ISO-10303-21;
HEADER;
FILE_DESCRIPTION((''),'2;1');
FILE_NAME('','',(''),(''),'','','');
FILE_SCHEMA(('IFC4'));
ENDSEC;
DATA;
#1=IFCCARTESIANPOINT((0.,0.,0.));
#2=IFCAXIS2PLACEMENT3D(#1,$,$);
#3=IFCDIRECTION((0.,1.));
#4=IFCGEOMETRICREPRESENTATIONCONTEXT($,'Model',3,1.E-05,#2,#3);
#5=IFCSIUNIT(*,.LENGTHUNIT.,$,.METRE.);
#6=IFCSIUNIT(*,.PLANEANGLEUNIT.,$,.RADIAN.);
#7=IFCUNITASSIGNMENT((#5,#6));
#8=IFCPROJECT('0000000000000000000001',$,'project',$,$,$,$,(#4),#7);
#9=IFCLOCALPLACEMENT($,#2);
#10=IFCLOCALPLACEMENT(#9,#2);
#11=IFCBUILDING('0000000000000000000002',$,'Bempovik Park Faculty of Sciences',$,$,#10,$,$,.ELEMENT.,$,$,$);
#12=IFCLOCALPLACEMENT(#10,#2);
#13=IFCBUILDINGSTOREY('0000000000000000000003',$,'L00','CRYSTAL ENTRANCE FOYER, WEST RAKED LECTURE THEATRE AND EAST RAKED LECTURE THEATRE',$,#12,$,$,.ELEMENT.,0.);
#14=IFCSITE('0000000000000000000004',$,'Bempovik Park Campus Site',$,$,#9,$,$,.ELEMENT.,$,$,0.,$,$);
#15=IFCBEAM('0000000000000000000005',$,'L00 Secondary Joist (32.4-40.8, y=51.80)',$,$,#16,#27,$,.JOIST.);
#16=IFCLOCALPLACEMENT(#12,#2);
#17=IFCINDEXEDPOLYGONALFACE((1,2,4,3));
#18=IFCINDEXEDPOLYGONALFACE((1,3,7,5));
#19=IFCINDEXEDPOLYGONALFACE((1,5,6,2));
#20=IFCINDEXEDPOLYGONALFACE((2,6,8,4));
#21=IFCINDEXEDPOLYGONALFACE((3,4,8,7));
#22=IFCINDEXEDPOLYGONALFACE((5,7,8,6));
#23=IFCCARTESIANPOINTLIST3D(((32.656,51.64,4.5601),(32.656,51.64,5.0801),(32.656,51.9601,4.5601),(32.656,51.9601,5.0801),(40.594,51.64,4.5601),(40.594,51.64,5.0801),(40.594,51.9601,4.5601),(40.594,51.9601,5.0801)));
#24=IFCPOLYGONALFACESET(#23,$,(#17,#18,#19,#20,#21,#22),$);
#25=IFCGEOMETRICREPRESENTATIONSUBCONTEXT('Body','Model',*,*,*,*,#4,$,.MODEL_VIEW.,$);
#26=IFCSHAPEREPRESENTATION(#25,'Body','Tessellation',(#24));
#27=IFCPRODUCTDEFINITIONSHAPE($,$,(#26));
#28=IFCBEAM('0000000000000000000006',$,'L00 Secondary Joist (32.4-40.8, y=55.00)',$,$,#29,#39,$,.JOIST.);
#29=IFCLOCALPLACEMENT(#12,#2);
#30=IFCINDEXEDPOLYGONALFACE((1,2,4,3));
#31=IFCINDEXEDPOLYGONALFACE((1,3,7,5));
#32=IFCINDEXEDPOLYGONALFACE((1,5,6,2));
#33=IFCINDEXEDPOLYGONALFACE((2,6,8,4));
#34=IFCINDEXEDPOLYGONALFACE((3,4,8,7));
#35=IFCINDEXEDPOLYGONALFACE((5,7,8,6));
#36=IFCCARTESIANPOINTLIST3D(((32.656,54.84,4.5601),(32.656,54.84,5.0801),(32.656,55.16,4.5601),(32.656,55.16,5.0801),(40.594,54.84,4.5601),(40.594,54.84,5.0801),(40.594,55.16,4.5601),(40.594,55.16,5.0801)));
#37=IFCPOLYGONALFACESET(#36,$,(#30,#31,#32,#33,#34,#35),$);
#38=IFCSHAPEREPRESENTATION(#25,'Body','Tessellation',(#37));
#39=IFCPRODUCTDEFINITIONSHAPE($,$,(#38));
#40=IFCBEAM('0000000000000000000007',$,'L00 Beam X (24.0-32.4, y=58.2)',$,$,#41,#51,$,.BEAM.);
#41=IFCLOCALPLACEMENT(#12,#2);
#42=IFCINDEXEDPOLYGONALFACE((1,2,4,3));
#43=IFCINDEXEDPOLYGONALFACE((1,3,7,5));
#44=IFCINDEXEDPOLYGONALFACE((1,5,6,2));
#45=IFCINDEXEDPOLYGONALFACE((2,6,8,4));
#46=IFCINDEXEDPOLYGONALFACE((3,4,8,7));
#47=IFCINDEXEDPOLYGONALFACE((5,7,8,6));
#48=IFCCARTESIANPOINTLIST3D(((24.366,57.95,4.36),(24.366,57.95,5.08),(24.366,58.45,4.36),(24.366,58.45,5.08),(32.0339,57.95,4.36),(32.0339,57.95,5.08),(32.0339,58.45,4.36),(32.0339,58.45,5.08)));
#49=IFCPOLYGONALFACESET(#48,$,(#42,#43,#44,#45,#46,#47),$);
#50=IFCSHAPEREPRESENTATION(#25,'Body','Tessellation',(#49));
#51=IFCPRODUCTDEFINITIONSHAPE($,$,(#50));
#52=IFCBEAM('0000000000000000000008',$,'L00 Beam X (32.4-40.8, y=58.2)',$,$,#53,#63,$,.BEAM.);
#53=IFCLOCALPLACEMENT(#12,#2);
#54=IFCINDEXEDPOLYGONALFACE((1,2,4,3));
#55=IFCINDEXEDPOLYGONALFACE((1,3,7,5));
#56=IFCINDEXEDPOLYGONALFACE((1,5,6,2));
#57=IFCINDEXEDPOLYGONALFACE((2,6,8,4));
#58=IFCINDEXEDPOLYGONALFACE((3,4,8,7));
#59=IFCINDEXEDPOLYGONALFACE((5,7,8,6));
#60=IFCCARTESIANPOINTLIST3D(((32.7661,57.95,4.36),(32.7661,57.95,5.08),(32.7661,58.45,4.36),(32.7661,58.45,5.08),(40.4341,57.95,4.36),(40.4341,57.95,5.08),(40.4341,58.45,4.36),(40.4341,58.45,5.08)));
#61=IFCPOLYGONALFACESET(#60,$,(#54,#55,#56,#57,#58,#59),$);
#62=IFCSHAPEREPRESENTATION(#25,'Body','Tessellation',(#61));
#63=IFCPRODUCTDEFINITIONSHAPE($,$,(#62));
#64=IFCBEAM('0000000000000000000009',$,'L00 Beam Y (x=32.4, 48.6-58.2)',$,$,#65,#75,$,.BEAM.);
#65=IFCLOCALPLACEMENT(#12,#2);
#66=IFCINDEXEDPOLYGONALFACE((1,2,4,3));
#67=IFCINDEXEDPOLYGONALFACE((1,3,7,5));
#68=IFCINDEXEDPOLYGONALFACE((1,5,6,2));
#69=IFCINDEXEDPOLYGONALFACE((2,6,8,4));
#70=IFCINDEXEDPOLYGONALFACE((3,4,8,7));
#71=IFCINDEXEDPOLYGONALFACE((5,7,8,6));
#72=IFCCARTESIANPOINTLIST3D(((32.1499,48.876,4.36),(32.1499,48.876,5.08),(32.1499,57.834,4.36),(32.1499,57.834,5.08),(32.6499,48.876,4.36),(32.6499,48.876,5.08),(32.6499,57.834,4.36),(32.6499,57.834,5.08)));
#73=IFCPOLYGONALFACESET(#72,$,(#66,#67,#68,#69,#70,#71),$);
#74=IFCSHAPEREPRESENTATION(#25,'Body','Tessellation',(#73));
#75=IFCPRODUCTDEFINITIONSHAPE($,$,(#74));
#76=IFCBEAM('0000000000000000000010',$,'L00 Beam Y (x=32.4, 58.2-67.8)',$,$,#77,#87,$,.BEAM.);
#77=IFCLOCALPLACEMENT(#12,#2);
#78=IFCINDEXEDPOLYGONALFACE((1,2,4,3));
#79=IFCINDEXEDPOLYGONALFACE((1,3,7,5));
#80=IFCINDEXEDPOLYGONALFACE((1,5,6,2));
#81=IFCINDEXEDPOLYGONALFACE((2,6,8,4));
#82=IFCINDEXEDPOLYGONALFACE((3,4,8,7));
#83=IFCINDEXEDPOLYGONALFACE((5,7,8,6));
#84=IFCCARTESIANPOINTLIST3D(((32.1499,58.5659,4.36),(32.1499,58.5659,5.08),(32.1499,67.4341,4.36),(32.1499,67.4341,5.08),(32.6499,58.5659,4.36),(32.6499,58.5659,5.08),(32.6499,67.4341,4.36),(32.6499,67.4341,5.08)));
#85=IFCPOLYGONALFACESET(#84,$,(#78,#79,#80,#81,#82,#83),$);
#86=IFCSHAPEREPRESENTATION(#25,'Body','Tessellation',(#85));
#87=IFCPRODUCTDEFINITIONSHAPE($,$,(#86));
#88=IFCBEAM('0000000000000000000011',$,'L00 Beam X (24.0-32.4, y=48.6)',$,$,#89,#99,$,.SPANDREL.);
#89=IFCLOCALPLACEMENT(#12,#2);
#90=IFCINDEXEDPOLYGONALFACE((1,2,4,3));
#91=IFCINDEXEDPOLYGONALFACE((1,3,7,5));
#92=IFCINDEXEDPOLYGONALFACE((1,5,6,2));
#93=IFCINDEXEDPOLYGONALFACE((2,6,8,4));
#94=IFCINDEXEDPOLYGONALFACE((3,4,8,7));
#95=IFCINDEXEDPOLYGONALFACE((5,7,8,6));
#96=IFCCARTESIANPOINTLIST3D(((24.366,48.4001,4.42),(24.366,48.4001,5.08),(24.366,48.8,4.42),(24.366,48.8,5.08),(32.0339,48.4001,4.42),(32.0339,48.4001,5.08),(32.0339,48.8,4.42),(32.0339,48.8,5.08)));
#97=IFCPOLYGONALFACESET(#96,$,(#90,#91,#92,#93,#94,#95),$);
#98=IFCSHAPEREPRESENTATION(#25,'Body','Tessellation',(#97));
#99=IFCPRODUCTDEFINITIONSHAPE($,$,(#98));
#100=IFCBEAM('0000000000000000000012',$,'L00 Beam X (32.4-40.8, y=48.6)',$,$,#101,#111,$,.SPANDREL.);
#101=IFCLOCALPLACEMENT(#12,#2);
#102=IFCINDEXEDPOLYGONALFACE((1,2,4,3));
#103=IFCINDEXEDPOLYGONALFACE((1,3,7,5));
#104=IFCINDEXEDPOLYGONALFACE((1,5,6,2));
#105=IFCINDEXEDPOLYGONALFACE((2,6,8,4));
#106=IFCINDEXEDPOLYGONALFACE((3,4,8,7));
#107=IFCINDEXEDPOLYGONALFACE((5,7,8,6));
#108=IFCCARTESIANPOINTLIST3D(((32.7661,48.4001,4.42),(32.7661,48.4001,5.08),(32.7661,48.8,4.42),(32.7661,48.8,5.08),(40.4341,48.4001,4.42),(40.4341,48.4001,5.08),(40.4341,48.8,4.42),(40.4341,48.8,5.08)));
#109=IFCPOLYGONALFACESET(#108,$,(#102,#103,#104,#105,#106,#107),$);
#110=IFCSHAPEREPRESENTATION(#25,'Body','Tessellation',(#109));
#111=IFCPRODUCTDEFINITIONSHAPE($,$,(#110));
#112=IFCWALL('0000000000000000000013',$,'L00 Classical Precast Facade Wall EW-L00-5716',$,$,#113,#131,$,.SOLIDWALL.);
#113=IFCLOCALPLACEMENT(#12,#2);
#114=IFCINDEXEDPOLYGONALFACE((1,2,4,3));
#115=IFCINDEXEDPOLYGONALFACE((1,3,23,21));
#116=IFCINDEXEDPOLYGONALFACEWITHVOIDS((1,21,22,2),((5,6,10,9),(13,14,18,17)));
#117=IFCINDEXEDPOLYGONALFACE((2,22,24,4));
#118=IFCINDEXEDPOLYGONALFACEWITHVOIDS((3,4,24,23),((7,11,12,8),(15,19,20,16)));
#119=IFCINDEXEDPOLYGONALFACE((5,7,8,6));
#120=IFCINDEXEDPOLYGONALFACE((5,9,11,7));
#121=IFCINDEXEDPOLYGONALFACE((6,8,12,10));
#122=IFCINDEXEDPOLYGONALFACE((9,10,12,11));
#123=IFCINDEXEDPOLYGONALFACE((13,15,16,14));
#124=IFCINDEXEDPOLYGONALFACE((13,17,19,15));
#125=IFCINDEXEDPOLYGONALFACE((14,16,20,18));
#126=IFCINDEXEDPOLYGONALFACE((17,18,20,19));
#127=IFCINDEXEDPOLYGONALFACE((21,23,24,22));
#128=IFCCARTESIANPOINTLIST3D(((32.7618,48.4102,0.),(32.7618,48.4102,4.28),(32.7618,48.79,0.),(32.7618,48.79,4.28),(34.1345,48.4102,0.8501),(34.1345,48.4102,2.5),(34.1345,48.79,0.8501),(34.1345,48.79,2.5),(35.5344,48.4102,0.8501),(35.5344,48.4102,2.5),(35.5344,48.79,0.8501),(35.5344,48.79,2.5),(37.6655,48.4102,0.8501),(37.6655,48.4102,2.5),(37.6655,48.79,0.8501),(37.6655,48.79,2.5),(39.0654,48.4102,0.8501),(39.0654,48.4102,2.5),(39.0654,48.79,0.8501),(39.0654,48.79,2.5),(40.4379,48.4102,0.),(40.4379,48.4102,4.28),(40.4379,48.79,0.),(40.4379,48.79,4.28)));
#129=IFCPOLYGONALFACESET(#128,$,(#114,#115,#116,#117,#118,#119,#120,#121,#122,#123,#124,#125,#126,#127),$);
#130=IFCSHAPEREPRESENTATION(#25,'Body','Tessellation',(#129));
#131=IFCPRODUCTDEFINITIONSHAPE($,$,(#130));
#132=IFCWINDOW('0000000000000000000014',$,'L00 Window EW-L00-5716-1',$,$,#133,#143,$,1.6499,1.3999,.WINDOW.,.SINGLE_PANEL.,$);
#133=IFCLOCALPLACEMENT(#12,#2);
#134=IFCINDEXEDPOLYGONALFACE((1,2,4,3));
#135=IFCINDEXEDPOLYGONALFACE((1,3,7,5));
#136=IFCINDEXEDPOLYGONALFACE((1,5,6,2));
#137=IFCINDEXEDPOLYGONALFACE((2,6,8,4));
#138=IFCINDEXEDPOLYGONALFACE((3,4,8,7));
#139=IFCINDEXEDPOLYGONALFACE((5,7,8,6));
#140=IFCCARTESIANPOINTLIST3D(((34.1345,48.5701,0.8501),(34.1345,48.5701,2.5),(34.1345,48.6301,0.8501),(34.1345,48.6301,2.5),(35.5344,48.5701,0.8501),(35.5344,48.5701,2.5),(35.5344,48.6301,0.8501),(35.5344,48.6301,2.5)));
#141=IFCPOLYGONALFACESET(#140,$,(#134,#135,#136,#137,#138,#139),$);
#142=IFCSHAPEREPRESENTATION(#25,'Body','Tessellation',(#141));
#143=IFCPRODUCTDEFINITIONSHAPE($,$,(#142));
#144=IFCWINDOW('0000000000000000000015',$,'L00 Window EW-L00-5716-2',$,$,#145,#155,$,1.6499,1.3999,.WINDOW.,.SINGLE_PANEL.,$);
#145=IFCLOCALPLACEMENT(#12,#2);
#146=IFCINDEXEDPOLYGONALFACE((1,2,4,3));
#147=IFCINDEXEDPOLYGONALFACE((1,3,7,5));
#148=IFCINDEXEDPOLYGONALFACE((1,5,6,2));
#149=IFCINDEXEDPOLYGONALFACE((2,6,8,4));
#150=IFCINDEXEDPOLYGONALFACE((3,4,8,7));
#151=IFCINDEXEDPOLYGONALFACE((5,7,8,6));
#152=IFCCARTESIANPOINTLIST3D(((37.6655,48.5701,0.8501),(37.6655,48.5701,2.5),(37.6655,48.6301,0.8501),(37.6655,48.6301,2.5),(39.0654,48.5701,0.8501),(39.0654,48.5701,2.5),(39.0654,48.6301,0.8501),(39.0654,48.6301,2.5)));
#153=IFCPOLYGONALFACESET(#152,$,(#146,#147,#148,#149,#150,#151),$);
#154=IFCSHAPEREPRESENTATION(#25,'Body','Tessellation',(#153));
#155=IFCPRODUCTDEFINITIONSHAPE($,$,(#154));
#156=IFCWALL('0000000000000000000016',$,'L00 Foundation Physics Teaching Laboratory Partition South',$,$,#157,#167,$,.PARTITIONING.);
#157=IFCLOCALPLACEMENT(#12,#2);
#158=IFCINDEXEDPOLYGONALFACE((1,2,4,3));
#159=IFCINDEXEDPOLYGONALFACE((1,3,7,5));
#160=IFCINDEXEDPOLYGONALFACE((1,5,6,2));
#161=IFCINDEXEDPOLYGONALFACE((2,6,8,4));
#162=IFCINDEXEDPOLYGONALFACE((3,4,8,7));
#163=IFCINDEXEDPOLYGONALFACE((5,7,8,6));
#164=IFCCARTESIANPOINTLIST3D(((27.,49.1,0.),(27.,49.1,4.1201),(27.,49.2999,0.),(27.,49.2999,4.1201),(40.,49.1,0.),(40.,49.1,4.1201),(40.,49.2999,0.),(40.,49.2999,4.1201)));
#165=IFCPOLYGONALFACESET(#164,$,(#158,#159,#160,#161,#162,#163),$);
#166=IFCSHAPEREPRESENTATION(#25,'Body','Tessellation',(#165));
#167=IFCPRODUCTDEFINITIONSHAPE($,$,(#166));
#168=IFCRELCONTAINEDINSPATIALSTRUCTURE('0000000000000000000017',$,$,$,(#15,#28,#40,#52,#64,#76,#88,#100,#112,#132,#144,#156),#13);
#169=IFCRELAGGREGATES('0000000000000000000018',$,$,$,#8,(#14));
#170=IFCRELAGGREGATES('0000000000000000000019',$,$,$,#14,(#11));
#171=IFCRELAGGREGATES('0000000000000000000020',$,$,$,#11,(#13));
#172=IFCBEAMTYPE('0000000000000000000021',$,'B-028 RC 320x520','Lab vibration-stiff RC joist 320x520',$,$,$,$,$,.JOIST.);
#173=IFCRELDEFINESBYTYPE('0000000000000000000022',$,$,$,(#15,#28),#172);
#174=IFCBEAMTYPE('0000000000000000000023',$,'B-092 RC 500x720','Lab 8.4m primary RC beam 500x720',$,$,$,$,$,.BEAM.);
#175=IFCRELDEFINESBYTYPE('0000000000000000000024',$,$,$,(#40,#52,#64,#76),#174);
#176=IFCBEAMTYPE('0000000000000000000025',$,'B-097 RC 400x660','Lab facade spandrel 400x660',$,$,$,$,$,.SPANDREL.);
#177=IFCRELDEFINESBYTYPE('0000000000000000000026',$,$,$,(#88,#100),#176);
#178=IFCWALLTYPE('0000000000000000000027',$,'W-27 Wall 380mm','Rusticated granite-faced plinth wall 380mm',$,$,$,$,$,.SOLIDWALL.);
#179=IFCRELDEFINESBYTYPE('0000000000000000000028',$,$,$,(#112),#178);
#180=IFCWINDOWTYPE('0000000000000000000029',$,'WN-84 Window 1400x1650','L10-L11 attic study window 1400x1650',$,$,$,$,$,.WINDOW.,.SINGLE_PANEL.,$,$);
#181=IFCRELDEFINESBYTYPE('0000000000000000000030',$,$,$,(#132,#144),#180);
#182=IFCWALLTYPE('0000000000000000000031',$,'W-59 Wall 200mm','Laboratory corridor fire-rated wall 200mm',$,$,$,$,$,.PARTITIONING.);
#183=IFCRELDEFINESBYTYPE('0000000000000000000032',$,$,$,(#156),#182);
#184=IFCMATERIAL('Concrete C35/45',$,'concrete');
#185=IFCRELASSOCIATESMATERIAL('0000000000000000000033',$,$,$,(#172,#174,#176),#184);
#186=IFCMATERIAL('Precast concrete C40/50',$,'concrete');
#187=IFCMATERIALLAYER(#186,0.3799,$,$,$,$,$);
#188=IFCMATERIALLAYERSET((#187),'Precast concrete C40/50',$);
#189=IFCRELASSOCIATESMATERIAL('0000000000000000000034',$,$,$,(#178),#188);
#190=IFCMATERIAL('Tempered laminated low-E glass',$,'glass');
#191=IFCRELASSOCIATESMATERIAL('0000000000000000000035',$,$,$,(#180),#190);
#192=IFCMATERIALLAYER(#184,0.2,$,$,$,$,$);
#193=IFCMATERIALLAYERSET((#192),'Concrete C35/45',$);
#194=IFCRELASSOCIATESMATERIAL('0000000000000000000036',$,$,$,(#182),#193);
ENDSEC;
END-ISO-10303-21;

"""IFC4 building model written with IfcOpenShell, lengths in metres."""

from ifc_helpers import new_model, si_unit, direction, frame, frame_2d, origin, origin_2d, place, context, subcontext, project, spatial, rectangle, extrude, material, layer, layer_set, material_profile, profile_set, type_object, element, fill, save


model = new_model("IFC4")

# Units and contexts
model_context = context("Model", 3, precision=1e-05, world=origin(), true_north=direction((0.0, 1.0)))
body_context = subcontext(model_context, "Body", "Model", "MODEL_VIEW")
ifc_project = project(units=[si_unit("LENGTHUNIT", "METRE"), si_unit("PLANEANGLEUNIT", "RADIAN")], contexts=[model_context])

# Site, building, storey
site_placement = place(None, origin())
site = spatial("IfcSite", under=ifc_project, at=site_placement, Name="Bempovik Park Campus Site", CompositionType="ELEMENT", RefElevation=0.0)
building_placement = place(site_placement, origin())
building = spatial("IfcBuilding", under=site, at=building_placement, Name="Bempovik Park Faculty of Sciences", CompositionType="ELEMENT")
storey_placement = place(building_placement, origin())
storey = spatial("IfcBuildingStorey", under=building, at=storey_placement, Name="L00", Description="CRYSTAL ENTRANCE FOYER, WEST RAKED LECTURE THEATRE AND EAST RAKED LECTURE THEATRE", CompositionType="ELEMENT", Elevation=0.0)

# Shared definitions
ifc_material_1 = material(Name="Concrete C35/45", Category="concrete")

# Beams
ifc_material_profile_1 = material_profile(ifc_material_1, rectangle(XDim=0.3201, YDim=0.52, at=origin_2d()), Name="RC 320x520")
ifc_profile_set_1 = profile_set([ifc_material_profile_1], Name="Concrete C35/45")
beam_type_1 = type_object("IfcBeamType", Name="B-028 RC 320x520", Description="Lab vibration-stiff RC joist 320x520", PredefinedType="JOIST", material=ifc_profile_set_1)
for number, where, z_axis, x_axis, name in (
    (1, (32.656, 51.8, 4.8201), (1.0, 0.0, 0.0), (0.0, 1.0, 0.0), "L00 Secondary Joist (32.4-40.8, y=51.80)"),
    (2, (32.656, 55.0, 4.8201), (1.0, 0.0, 0.0), (0.0, 1.0, 0.0), "L00 Secondary Joist (32.4-40.8, y=55.00)"),
):
    element("IfcBeam", number, at=place(storey_placement, frame(where, z_axis=z_axis, x_axis=x_axis)), inside=storey, type_object=beam_type_1, Name=name, PredefinedType="JOIST", context=body_context, shape_type="SweptSolid", body=[
        extrude(rectangle(XDim=0.3201, YDim=0.52, at=origin_2d()), origin(), (0.0, 0.0, 1.0), 7.938),
    ])
ifc_material_profile_2 = material_profile(ifc_material_1, rectangle(XDim=0.5, YDim=0.72, at=origin_2d()), Name="RC 500x720")
ifc_profile_set_2 = profile_set([ifc_material_profile_2], Name="Concrete C35/45")
beam_type_2 = type_object("IfcBeamType", Name="B-092 RC 500x720", Description="Lab 8.4m primary RC beam 500x720", PredefinedType="BEAM", material=ifc_profile_set_2)
for number, where, z_axis, x_axis, name in (
    (3, (24.366, 58.2, 4.72), (1.0, 0.0, 0.0), (0.0, 1.0, 0.0), "L00 Beam X (24.0-32.4, y=58.2)"),
    (4, (32.7661, 58.2, 4.72), (1.0, 0.0, 0.0), (0.0, 1.0, 0.0), "L00 Beam X (32.4-40.8, y=58.2)"),
):
    element("IfcBeam", number, at=place(storey_placement, frame(where, z_axis=z_axis, x_axis=x_axis)), inside=storey, type_object=beam_type_2, Name=name, PredefinedType="BEAM", context=body_context, shape_type="SweptSolid", body=[
        extrude(rectangle(XDim=0.5, YDim=0.72, at=origin_2d()), origin(), (0.0, 0.0, 1.0), 7.668),
    ])
beam_1_placement = place(storey_placement, frame((32.3999, 48.876, 4.72), z_axis=(0.0, 1.0, 0.0), x_axis=(-1.0, 0.0, 0.0)))
element("IfcBeam", 5, at=beam_1_placement, inside=storey, type_object=beam_type_2, Name="L00 Beam Y (x=32.4, 48.6-58.2)", PredefinedType="BEAM", context=body_context, shape_type="SweptSolid", body=[
    extrude(rectangle(XDim=0.5, YDim=0.72, at=origin_2d()), origin(), (0.0, 0.0, 1.0), 8.958),
])
beam_2_placement = place(storey_placement, frame((32.3999, 58.5659, 4.72), z_axis=(0.0, 1.0, 0.0), x_axis=(-1.0, 0.0, 0.0)))
element("IfcBeam", 6, at=beam_2_placement, inside=storey, type_object=beam_type_2, Name="L00 Beam Y (x=32.4, 58.2-67.8)", PredefinedType="BEAM", context=body_context, shape_type="SweptSolid", body=[
    extrude(rectangle(XDim=0.5, YDim=0.72, at=origin_2d()), origin(), (0.0, 0.0, 1.0), 8.8682),
])
ifc_material_profile_3 = material_profile(ifc_material_1, rectangle(XDim=0.3999, YDim=0.6599, at=origin_2d()), Name="RC 400x660")
ifc_profile_set_3 = profile_set([ifc_material_profile_3], Name="Concrete C35/45")
beam_type_3 = type_object("IfcBeamType", Name="B-097 RC 400x660", Description="Lab facade spandrel 400x660", PredefinedType="SPANDREL", material=ifc_profile_set_3)
for number, where, z_axis, x_axis, name in (
    (7, (24.366, 48.6001, 4.75), (1.0, 0.0, 0.0), (0.0, 1.0, 0.0), "L00 Beam X (24.0-32.4, y=48.6)"),
    (8, (32.7661, 48.6001, 4.75), (1.0, 0.0, 0.0), (0.0, 1.0, 0.0), "L00 Beam X (32.4-40.8, y=48.6)"),
):
    element("IfcBeam", number, at=place(storey_placement, frame(where, z_axis=z_axis, x_axis=x_axis)), inside=storey, type_object=beam_type_3, Name=name, PredefinedType="SPANDREL", context=body_context, shape_type="SweptSolid", body=[
        extrude(rectangle(XDim=0.3999, YDim=0.6599, at=origin_2d()), origin(), (0.0, 0.0, 1.0), 7.668),
    ])

# Wall, openings, windows
ifc_material_2 = material(Name="Precast concrete C40/50", Category="concrete")
ifc_layer_1 = layer(ifc_material_2, 0.3799)
ifc_layer_set_1 = layer_set([ifc_layer_1], Name="Precast concrete C40/50")
wall_type_1 = type_object("IfcWallType", Name="W-27 Wall 380mm", Description="Rusticated granite-faced plinth wall 380mm", PredefinedType="SOLIDWALL", material=ifc_layer_set_1)
wall_1_placement = place(storey_placement, frame((32.762, 48.6001, 0.0), z_axis=(0.0, 0.0, 1.0), x_axis=(1.0, 0.0, 0.0)))
wall_1 = element("IfcWall", 9, at=wall_1_placement, inside=storey, type_object=wall_type_1, Name="L00 Classical Precast Facade Wall EW-L00-5716", PredefinedType="SOLIDWALL", context=body_context, shape_type="SweptSolid", body=[
    extrude(rectangle(XDim=7.676, YDim=0.3799, at=frame_2d((3.8379, 0.0))), origin(), (0.0, 0.0, 1.0), 4.28),
])
opening_1_placement = place(wall_1_placement, frame((1.3726, 0.0, 0.8501)))
opening_1 = element("IfcOpeningElement", 10, at=opening_1_placement, cuts=wall_1, PredefinedType="OPENING", context=body_context, shape_type="SweptSolid", body=[
    extrude(rectangle(XDim=1.3999, YDim=1.6499, at=frame_2d((0.7, 0.825))), frame((0.0, 0.2, 0.0), z_axis=(0.0, -1.0, 0.0), x_axis=(1.0, 0.0, 0.0)), (0.0, 0.0, 1.0), 0.3999),
])
opening_2_placement = place(wall_1_placement, frame((4.9036, 0.0, 0.8501)))
opening_2 = element("IfcOpeningElement", 11, at=opening_2_placement, cuts=wall_1, PredefinedType="OPENING", context=body_context, shape_type="SweptSolid", body=[
    extrude(rectangle(XDim=1.3999, YDim=1.6499, at=frame_2d((0.7, 0.825))), frame((0.0, 0.2, 0.0), z_axis=(0.0, -1.0, 0.0), x_axis=(1.0, 0.0, 0.0)), (0.0, 0.0, 1.0), 0.3999),
])
ifc_material_3 = material(Name="Tempered laminated low-E glass", Category="glass")
window_type = type_object("IfcWindowType", Name="WN-84 Window 1400x1650", Description="L10-L11 attic study window 1400x1650", PartitioningType="SINGLE_PANEL", PredefinedType="WINDOW", material=ifc_material_3)
window_1_placement = place(opening_1_placement, origin())
window_1 = element("IfcWindow", 12, at=window_1_placement, inside=storey, type_object=window_type, Name="L00 Window EW-L00-5716-1", OverallHeight=1.6499, OverallWidth=1.3999, PartitioningType="SINGLE_PANEL", PredefinedType="WINDOW", context=body_context, shape_type="SweptSolid", body=[
    extrude(rectangle(XDim=1.3999, YDim=1.6499, at=frame_2d((0.7, 0.825))), frame((0.0, 0.03, 0.0), z_axis=(0.0, -1.0, 0.0), x_axis=(1.0, 0.0, 0.0)), (0.0, 0.0, 1.0), 0.0601),
])
fill(opening_1, window_1)
window_2_placement = place(opening_2_placement, origin())
window_2 = element("IfcWindow", 13, at=window_2_placement, inside=storey, type_object=window_type, Name="L00 Window EW-L00-5716-2", OverallHeight=1.6499, OverallWidth=1.3999, PartitioningType="SINGLE_PANEL", PredefinedType="WINDOW", context=body_context, shape_type="SweptSolid", body=[
    extrude(rectangle(XDim=1.3999, YDim=1.6499, at=frame_2d((0.7, 0.825))), frame((0.0, 0.03, 0.0), z_axis=(0.0, -1.0, 0.0), x_axis=(1.0, 0.0, 0.0)), (0.0, 0.0, 1.0), 0.0601),
])
fill(opening_2, window_2)

# Wall
ifc_layer_2 = layer(ifc_material_1, 0.2)
ifc_layer_set_2 = layer_set([ifc_layer_2], Name="Concrete C35/45")
wall_type_2 = type_object("IfcWallType", Name="W-59 Wall 200mm", Description="Laboratory corridor fire-rated wall 200mm", PredefinedType="PARTITIONING", material=ifc_layer_set_2)
wall_2_placement = place(storey_placement, frame((27.0, 49.2, 0.0), z_axis=(0.0, 0.0, 1.0), x_axis=(1.0, 0.0, 0.0)))
element("IfcWall", 14, at=wall_2_placement, inside=storey, type_object=wall_type_2, Name="L00 Foundation Physics Teaching Laboratory Partition South", PredefinedType="PARTITIONING", context=body_context, shape_type="SweptSolid", body=[
    extrude(rectangle(XDim=13.0, YDim=0.2, at=frame_2d((6.5, 0.0))), origin(), (0.0, 0.0, 1.0), 4.1201),
])

save(model, "model.ifc")
